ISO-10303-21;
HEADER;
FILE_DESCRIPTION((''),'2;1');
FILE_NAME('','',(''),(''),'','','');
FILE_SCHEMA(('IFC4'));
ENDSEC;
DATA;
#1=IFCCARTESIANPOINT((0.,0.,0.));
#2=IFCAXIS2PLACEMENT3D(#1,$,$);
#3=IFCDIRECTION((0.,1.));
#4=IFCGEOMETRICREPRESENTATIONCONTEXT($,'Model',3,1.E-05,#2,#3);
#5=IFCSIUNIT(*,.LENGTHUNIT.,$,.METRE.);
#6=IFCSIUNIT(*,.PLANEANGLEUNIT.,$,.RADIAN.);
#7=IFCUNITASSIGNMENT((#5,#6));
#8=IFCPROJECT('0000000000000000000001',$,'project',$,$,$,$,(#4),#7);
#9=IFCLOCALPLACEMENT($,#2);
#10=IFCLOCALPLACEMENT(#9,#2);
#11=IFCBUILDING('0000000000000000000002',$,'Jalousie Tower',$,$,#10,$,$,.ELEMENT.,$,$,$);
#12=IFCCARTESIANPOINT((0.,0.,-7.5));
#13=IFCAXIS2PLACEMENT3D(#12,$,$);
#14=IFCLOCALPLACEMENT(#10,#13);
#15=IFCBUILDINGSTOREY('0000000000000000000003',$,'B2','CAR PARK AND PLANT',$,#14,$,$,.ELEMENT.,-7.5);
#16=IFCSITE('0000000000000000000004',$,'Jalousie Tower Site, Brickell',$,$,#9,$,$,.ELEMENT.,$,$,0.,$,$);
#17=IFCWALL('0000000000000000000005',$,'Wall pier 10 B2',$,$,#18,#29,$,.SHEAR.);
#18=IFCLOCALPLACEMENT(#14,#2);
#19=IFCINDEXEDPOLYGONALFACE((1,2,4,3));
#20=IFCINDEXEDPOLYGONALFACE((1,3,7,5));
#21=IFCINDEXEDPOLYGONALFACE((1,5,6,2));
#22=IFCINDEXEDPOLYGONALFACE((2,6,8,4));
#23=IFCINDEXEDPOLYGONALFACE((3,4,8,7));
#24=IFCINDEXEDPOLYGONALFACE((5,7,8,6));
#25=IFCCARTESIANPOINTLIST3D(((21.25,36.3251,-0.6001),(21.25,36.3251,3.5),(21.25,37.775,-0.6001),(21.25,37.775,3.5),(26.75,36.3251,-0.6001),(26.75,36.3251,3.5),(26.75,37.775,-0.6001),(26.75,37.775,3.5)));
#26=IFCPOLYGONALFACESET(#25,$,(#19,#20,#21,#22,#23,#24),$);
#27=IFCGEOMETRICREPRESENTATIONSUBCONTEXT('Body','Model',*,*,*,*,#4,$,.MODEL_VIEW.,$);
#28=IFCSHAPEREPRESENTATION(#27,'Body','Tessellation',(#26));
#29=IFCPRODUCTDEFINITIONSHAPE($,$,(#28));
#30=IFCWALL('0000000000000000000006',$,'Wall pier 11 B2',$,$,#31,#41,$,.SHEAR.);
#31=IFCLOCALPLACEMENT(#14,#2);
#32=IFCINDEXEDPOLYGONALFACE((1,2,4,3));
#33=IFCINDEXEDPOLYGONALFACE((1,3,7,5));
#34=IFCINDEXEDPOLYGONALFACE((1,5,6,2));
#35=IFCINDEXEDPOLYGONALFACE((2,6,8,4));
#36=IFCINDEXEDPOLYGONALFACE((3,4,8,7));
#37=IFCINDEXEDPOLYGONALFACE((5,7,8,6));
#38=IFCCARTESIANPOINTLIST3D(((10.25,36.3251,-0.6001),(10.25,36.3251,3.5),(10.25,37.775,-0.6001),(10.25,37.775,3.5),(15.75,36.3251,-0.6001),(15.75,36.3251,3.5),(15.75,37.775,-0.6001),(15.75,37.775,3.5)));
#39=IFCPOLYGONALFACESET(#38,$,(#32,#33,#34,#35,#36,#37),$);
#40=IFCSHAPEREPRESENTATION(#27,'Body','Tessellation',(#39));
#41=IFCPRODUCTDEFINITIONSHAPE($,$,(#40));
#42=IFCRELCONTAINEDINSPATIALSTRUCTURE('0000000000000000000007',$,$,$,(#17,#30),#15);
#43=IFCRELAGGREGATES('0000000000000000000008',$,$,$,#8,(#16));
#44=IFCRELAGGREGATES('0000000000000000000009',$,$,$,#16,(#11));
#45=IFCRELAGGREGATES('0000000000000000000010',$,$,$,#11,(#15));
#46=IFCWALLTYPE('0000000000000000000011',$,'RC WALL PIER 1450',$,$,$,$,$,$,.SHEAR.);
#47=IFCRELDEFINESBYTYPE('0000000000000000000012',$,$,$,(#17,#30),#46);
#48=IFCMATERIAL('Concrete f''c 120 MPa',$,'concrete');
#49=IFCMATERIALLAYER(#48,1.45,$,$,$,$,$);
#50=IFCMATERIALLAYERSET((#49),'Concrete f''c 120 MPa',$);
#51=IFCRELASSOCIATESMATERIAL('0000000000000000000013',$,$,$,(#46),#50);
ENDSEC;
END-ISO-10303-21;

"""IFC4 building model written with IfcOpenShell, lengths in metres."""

from ifc_helpers import new_model, si_unit, direction, frame, frame_2d, origin, place, context, subcontext, project, spatial, rectangle, extrude, material, layer, layer_set, type_object, element, save


model = new_model("IFC4")

# Units and contexts
model_context = context("Model", 3, precision=1e-05, world=origin(), true_north=direction((0.0, 1.0)))
body_context = subcontext(model_context, "Body", "Model", "MODEL_VIEW")
ifc_project = project(units=[si_unit("LENGTHUNIT", "METRE"), si_unit("PLANEANGLEUNIT", "RADIAN")], contexts=[model_context])

# Site, building, storey
site_placement = place(None, origin())
site = spatial("IfcSite", under=ifc_project, at=site_placement, Name="Jalousie Tower Site, Brickell", CompositionType="ELEMENT", RefElevation=0.0)
building_placement = place(site_placement, origin())
building = spatial("IfcBuilding", under=site, at=building_placement, Name="Jalousie Tower", CompositionType="ELEMENT")
storey_placement = place(building_placement, frame((0.0, 0.0, -7.5)))
storey = spatial("IfcBuildingStorey", under=building, at=storey_placement, Name="B2", Description="CAR PARK AND PLANT", CompositionType="ELEMENT", Elevation=-7.5)

# Walls
ifc_material_1 = material(Name="Concrete f'c 120 MPa", Category="concrete")
ifc_layer = layer(ifc_material_1, 1.45)
ifc_layer_set = layer_set([ifc_layer], Name="Concrete f'c 120 MPa")
wall_type = type_object("IfcWallType", Name="RC WALL PIER 1450", PredefinedType="SHEAR", material=ifc_layer_set)
for number, where, z_axis, x_axis, name in (
    (1, (21.25, 37.05, -0.6001), (0.0, 0.0, 1.0), (1.0, 0.0, 0.0), "Wall pier 10 B2"),
    (2, (10.25, 37.05, -0.6001), (0.0, 0.0, 1.0), (1.0, 0.0, 0.0), "Wall pier 11 B2"),
):
    element("IfcWall", number, at=place(storey_placement, frame(where, z_axis=z_axis, x_axis=x_axis)), inside=storey, type_object=wall_type, Name=name, PredefinedType="SHEAR", context=body_context, shape_type="SweptSolid", body=[
        extrude(rectangle(XDim=5.5, YDim=1.45, at=frame_2d((2.75, 0.0))), origin(), (0.0, 0.0, 1.0), 4.1001),
    ])

save(model, "model.ifc")
